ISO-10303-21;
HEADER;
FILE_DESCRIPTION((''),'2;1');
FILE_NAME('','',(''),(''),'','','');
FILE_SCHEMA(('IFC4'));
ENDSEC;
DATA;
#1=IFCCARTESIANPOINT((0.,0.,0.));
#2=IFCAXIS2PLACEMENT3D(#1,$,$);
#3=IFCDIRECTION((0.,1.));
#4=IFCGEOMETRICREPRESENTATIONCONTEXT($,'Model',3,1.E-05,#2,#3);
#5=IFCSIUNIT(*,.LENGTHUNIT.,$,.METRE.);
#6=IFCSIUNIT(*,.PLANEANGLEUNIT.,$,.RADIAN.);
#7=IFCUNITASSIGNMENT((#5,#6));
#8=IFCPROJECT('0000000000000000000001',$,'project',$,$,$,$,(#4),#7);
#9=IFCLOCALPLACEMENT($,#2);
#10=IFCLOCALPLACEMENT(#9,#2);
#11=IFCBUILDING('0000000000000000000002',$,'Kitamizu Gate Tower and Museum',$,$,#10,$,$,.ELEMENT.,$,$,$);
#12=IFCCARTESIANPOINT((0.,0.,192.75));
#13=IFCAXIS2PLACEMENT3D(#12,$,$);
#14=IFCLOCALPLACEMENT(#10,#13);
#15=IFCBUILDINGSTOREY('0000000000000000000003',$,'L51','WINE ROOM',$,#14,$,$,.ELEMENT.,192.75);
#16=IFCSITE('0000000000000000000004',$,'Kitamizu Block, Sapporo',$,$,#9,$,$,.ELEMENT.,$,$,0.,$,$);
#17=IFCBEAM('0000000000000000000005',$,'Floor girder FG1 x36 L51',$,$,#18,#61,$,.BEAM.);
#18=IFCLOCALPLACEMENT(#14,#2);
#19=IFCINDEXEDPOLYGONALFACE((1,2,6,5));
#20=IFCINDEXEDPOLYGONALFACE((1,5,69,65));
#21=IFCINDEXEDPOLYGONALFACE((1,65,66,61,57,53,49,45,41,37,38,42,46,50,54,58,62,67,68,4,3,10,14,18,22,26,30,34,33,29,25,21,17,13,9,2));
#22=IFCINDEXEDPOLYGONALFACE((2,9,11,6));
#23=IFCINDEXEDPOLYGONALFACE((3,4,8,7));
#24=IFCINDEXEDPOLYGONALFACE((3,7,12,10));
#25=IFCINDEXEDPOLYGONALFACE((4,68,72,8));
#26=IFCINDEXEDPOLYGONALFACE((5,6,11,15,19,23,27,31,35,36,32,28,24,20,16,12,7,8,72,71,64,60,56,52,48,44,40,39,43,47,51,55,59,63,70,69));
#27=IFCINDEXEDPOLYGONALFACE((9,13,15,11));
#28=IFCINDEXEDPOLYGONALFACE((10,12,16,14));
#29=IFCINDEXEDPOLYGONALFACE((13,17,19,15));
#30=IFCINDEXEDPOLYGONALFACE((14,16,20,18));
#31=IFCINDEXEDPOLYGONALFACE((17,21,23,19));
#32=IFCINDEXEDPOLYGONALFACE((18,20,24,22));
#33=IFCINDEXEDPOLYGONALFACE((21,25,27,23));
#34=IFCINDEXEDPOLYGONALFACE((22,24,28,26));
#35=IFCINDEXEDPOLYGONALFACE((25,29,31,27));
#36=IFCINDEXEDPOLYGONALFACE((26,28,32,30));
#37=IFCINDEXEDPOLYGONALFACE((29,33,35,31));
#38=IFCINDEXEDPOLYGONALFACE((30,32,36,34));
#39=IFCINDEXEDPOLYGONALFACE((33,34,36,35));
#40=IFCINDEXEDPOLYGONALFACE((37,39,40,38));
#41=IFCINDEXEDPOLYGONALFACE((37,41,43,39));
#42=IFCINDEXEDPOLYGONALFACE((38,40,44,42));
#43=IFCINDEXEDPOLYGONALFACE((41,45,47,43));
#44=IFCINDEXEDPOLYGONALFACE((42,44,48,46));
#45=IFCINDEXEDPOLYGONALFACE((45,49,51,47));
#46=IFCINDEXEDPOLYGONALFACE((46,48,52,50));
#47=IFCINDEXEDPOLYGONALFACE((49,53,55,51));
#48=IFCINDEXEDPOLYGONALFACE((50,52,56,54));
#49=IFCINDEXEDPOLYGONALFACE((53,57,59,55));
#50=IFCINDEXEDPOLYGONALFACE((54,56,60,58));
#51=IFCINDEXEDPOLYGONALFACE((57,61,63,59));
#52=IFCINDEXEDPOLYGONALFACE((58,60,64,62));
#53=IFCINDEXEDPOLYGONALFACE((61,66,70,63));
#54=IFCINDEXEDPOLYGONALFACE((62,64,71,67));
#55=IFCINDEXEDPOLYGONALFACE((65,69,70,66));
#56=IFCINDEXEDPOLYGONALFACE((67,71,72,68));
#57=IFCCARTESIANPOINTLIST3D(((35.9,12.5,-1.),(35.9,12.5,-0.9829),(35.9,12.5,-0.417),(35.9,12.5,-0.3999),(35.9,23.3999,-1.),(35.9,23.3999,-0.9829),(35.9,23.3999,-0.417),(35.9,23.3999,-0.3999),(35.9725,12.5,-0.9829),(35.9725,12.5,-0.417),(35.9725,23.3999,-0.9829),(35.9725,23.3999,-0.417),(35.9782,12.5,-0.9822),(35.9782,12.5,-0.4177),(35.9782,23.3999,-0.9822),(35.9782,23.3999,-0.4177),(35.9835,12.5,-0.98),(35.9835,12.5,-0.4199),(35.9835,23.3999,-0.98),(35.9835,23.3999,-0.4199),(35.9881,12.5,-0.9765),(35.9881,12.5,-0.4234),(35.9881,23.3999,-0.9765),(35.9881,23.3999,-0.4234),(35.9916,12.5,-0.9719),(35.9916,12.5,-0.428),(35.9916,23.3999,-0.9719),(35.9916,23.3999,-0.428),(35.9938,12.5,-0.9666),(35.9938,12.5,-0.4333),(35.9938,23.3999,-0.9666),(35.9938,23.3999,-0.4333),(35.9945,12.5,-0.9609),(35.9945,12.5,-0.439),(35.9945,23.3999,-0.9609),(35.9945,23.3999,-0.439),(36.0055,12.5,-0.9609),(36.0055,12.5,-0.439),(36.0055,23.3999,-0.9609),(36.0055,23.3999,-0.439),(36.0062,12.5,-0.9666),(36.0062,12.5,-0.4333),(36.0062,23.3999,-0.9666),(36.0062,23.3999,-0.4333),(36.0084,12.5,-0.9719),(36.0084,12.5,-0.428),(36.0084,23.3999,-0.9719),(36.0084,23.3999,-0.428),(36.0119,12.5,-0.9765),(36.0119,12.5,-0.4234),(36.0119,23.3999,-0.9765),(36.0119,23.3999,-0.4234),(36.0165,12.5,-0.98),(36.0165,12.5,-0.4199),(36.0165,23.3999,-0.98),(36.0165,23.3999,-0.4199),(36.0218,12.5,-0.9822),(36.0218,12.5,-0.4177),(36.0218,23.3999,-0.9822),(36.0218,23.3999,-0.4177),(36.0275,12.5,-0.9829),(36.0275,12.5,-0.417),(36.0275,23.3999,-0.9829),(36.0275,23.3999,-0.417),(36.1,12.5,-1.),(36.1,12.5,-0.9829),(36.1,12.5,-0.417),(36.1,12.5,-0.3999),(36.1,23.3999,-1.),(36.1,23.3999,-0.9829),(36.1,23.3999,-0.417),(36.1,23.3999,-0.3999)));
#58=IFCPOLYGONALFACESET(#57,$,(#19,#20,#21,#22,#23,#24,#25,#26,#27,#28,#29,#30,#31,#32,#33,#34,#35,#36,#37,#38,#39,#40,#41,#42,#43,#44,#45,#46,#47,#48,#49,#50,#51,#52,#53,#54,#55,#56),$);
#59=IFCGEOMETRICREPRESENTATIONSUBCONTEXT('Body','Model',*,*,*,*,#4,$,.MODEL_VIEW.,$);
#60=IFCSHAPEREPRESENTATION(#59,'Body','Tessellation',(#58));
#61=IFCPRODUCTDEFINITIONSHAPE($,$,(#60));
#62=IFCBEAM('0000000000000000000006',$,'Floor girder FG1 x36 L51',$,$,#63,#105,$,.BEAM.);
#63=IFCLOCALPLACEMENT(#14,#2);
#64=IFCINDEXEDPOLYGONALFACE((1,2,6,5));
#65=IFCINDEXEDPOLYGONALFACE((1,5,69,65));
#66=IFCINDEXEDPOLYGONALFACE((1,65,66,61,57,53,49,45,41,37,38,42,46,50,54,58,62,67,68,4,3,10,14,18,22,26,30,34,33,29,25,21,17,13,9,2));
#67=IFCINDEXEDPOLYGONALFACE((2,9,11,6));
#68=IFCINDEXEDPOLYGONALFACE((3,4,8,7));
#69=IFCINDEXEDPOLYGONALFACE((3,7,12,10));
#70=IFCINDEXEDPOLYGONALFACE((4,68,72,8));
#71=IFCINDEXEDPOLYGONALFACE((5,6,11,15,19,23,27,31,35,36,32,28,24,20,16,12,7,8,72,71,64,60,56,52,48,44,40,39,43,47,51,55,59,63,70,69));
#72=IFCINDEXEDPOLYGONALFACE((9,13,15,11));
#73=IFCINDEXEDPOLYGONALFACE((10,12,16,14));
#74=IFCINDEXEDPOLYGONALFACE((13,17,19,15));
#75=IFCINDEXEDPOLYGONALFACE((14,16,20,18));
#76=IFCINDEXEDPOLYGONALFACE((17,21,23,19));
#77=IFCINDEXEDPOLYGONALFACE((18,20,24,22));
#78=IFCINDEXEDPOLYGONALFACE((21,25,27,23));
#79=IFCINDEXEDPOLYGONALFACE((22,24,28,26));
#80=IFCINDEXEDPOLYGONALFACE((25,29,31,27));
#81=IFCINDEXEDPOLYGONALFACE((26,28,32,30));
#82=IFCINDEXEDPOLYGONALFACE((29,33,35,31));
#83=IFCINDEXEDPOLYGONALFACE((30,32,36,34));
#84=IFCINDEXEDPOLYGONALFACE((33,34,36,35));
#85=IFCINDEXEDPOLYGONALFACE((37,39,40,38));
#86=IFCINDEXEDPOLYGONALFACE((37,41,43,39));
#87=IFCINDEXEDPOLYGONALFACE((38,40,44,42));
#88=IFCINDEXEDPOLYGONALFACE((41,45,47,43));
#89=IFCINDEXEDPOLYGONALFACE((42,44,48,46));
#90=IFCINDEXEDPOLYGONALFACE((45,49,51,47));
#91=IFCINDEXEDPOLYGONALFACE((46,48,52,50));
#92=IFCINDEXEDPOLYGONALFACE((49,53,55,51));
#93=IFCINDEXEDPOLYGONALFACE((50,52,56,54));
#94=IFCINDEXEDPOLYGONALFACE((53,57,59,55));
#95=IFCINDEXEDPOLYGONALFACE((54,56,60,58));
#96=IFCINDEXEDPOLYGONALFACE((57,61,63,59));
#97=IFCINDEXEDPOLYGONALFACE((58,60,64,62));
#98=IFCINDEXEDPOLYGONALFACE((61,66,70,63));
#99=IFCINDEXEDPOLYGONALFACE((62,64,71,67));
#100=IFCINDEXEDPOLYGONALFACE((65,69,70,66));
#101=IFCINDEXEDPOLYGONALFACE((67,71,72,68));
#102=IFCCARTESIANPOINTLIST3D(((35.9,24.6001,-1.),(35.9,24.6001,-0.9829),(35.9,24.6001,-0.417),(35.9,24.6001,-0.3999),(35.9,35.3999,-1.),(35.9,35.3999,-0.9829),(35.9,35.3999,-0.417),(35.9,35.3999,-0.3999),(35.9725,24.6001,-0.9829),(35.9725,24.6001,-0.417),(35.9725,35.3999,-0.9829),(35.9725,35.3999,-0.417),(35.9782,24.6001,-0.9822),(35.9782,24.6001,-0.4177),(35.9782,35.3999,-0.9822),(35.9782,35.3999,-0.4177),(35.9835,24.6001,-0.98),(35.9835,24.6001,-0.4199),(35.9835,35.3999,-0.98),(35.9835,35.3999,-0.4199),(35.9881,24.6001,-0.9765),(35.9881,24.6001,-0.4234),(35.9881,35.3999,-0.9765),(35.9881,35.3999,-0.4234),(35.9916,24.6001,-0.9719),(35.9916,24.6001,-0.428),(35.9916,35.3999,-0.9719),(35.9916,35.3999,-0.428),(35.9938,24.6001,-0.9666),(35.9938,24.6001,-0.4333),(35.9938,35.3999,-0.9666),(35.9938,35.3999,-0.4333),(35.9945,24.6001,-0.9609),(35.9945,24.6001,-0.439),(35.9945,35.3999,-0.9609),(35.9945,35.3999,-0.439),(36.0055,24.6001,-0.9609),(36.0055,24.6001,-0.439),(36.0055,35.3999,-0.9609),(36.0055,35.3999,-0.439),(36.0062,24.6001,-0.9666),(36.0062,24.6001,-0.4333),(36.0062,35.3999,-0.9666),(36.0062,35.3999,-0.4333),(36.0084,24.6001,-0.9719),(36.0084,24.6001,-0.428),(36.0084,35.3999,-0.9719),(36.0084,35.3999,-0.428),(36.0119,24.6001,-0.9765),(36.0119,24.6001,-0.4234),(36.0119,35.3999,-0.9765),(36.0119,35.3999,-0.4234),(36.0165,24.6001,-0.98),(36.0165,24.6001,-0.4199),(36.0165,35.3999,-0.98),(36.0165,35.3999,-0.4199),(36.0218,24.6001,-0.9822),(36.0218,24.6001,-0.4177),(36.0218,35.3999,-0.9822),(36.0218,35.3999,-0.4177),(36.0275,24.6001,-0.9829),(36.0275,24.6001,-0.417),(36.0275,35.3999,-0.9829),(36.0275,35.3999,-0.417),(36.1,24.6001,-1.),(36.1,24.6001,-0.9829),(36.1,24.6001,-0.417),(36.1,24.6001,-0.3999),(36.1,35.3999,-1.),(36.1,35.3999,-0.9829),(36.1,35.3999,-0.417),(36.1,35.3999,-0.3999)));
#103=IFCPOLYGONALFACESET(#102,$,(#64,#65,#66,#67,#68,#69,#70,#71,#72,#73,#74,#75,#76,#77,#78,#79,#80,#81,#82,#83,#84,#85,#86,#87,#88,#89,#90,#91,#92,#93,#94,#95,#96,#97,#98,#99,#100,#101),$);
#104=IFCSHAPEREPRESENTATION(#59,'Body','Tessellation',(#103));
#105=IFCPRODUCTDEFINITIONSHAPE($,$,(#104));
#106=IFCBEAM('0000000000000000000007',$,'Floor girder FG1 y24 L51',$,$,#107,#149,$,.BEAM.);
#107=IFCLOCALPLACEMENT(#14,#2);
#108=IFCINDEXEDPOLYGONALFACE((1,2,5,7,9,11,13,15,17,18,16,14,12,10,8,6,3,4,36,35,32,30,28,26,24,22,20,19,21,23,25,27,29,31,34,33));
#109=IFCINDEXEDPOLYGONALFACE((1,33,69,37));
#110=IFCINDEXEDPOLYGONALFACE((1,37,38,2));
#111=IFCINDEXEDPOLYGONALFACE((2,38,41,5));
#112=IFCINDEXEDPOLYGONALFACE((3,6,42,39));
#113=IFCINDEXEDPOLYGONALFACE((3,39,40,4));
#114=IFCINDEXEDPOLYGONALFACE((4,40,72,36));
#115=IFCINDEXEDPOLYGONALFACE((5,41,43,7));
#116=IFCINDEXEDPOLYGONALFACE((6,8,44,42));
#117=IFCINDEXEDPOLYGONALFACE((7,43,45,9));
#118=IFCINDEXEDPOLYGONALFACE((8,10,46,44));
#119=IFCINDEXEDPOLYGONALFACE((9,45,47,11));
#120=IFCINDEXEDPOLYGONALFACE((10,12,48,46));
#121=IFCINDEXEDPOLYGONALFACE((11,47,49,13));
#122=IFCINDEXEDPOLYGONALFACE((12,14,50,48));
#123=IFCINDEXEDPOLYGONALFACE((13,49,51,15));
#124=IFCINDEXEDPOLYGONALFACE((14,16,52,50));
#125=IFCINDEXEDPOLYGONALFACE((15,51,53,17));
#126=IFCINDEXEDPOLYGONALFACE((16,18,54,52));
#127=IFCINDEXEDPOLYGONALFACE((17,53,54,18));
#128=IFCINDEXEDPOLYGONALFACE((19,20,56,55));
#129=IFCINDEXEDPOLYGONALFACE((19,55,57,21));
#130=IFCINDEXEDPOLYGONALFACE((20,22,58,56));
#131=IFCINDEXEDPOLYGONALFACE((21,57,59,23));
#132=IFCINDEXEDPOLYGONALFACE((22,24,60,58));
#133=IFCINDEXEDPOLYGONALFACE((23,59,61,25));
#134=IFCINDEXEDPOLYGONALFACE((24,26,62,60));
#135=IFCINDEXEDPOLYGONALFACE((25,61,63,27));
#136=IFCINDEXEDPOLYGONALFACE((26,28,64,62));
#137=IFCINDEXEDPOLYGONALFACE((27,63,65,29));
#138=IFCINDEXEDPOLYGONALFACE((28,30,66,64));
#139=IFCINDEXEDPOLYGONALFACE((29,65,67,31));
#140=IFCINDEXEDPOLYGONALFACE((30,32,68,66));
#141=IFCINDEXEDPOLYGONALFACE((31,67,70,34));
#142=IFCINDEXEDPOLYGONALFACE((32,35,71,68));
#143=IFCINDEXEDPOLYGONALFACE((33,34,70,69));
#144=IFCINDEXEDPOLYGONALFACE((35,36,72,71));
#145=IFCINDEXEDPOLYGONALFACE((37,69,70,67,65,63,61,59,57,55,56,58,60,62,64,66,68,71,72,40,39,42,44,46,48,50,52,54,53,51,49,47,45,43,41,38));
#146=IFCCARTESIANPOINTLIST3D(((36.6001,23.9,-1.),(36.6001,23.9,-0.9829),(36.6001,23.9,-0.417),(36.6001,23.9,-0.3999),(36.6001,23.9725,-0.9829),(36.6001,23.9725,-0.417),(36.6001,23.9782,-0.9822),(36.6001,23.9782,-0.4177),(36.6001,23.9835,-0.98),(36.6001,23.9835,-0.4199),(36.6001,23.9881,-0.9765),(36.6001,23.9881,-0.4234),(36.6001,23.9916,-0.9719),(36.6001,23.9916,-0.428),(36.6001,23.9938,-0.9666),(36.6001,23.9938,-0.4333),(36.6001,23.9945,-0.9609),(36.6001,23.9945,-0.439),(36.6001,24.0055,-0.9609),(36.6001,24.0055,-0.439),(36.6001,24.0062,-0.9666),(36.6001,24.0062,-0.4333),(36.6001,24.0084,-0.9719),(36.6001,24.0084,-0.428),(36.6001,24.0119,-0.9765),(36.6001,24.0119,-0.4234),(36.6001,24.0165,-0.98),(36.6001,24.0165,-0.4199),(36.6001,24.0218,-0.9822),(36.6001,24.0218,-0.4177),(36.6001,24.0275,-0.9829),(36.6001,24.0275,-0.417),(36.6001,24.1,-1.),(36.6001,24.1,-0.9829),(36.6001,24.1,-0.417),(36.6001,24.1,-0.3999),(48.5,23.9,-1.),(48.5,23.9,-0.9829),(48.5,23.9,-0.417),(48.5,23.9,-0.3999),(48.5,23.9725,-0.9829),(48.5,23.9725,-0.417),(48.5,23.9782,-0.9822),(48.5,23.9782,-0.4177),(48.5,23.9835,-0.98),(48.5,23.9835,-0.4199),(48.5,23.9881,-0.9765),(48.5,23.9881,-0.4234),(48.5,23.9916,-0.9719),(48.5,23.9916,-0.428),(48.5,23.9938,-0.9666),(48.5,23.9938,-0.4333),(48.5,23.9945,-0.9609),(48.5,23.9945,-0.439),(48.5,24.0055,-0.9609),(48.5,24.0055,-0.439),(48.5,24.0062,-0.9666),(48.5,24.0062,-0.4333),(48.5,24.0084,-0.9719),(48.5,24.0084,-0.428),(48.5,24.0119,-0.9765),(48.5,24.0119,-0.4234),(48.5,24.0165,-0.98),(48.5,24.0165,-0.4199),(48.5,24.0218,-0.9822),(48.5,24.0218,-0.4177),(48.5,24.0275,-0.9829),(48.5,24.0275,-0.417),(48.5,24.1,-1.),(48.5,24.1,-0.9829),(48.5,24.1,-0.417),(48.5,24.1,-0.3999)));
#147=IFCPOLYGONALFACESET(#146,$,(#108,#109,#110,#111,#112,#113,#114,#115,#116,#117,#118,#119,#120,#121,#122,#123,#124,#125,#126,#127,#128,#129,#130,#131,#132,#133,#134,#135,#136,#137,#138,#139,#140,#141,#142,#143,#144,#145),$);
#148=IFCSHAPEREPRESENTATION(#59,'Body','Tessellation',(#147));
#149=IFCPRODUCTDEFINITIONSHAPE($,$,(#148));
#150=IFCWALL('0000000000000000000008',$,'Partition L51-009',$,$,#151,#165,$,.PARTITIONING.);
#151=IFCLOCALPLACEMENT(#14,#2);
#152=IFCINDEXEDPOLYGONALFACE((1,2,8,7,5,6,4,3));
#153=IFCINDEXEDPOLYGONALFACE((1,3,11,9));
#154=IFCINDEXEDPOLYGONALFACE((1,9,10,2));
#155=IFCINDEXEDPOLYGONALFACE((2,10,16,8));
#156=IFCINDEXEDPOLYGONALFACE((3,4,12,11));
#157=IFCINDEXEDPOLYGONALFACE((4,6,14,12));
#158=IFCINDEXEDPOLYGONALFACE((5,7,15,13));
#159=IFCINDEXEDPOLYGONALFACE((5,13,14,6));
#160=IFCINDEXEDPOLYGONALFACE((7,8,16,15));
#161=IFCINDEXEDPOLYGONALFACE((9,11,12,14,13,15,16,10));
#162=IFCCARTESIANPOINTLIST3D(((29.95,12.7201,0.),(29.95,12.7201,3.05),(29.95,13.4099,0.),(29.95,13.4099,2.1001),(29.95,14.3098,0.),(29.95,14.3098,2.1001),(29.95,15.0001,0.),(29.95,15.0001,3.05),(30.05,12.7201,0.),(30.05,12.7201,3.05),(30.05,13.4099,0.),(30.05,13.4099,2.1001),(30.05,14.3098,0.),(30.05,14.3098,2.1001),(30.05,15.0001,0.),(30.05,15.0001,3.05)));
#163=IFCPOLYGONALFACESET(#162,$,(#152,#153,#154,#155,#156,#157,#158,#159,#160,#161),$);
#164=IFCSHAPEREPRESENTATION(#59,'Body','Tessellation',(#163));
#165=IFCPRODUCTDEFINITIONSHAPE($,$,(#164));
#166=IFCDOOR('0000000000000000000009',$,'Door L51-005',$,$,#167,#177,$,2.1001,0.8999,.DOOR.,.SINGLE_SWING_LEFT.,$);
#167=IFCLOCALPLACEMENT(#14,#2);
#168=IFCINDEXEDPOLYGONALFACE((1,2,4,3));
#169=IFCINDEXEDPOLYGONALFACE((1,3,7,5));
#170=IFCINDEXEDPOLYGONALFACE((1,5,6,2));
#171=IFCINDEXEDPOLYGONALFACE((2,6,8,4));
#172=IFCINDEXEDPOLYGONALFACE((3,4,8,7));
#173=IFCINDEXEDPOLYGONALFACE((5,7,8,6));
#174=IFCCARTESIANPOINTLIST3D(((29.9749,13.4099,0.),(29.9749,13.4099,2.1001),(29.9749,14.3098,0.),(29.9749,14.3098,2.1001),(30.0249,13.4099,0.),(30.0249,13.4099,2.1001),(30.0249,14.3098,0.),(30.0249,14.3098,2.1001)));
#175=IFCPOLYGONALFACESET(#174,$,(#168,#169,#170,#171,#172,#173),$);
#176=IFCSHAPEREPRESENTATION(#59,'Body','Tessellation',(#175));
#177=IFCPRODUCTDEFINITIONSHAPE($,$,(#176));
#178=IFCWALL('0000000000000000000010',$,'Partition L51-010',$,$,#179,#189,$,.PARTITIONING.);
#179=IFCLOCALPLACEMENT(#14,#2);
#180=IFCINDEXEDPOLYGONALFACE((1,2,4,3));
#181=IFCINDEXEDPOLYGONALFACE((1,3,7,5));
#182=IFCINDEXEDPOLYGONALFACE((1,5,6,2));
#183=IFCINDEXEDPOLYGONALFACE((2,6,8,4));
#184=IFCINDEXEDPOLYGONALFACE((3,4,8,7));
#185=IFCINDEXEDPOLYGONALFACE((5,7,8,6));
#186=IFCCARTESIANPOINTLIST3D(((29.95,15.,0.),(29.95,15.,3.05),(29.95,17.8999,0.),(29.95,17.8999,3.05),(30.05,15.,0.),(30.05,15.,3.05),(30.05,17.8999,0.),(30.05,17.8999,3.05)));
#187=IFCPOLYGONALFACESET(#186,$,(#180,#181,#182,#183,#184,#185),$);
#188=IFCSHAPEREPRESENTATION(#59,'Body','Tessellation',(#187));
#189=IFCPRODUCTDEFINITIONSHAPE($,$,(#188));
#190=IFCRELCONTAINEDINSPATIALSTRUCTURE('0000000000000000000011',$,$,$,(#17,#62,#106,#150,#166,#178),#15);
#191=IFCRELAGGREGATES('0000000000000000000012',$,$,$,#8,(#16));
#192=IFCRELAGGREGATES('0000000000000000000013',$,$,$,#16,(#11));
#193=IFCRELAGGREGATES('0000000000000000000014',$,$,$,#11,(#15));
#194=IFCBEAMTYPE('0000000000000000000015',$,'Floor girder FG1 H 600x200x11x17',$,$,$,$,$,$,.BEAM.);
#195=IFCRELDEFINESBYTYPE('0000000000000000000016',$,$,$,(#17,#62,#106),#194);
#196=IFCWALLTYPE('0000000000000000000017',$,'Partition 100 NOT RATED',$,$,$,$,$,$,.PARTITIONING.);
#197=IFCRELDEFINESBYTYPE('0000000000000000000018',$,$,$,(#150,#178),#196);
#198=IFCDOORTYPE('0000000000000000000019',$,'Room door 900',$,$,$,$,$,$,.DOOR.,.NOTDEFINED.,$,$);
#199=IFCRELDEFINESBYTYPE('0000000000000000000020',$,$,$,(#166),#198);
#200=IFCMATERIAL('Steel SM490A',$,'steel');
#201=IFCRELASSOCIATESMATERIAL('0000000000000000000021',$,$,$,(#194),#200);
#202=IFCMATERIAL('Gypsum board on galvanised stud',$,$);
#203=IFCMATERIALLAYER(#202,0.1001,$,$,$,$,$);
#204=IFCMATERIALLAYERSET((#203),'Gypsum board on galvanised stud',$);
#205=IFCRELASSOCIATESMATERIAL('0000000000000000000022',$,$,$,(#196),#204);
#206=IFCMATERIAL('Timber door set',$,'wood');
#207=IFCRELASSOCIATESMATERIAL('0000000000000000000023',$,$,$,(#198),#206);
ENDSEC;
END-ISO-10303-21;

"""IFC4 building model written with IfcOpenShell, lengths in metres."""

from ifc_helpers import new_model, si_unit, direction, frame, frame_2d, origin, origin_2d, place, context, subcontext, project, spatial, rectangle, i_section, extrude, material, layer, layer_set, material_profile, profile_set, type_object, element, fill, save


model = new_model("IFC4")

# Units and contexts
model_context = context("Model", 3, precision=1e-05, world=origin(), true_north=direction((0.0, 1.0)))
body_context = subcontext(model_context, "Body", "Model", "MODEL_VIEW")
ifc_project = project(units=[si_unit("LENGTHUNIT", "METRE"), si_unit("PLANEANGLEUNIT", "RADIAN")], contexts=[model_context])

# Site, building, storey
site_placement = place(None, origin())
site = spatial("IfcSite", under=ifc_project, at=site_placement, Name="Kitamizu Block, Sapporo", CompositionType="ELEMENT", RefElevation=0.0)
building_placement = place(site_placement, origin())
building = spatial("IfcBuilding", under=site, at=building_placement, Name="Kitamizu Gate Tower and Museum", CompositionType="ELEMENT")
storey_placement = place(building_placement, frame((0.0, 0.0, 192.75)))
storey = spatial("IfcBuildingStorey", under=building, at=storey_placement, Name="L51", Description="WINE ROOM", CompositionType="ELEMENT", Elevation=192.75)

# Beams
ifc_material_1 = material(Name="Steel SM490A", Category="steel")
ifc_material_profile_1 = material_profile(ifc_material_1, i_section(OverallWidth=0.2, OverallDepth=0.6001, WebThickness=0.011, FlangeThickness=0.0171, FilletRadius=0.022, at=origin_2d()), Name="H-600x200x11x17")
ifc_profile_set_1 = profile_set([ifc_material_profile_1], Name="Steel SM490A")
beam_type_1 = type_object("IfcBeamType", Name="Floor girder FG1 H 600x200x11x17", PredefinedType="BEAM", material=ifc_profile_set_1)
beam_1_placement = place(storey_placement, frame((36.0, 12.5, -0.7), z_axis=(0.0, 1.0, 0.0), x_axis=(-1.0, 0.0, 0.0)))
element("IfcBeam", 1, at=beam_1_placement, inside=storey, type_object=beam_type_1, Name="Floor girder FG1 x36 L51", PredefinedType="BEAM", context=body_context, shape_type="SweptSolid", body=[
    extrude(i_section(OverallWidth=0.2, OverallDepth=0.6001, WebThickness=0.011, FlangeThickness=0.0171, FilletRadius=0.022, at=origin_2d()), origin(), (0.0, 0.0, 1.0), 10.8999),
])
beam_2_placement = place(storey_placement, frame((36.0, 24.6001, -0.7), z_axis=(0.0, 1.0, 0.0), x_axis=(-1.0, 0.0, 0.0)))
element("IfcBeam", 2, at=beam_2_placement, inside=storey, type_object=beam_type_1, Name="Floor girder FG1 x36 L51", PredefinedType="BEAM", context=body_context, shape_type="SweptSolid", body=[
    extrude(i_section(OverallWidth=0.2, OverallDepth=0.6001, WebThickness=0.011, FlangeThickness=0.0171, FilletRadius=0.022, at=origin_2d()), origin(), (0.0, 0.0, 1.0), 10.7998),
])
beam_3_placement = place(storey_placement, frame((36.6001, 24.0, -0.7), z_axis=(1.0, 0.0, 0.0), x_axis=(0.0, 1.0, 0.0)))
element("IfcBeam", 3, at=beam_3_placement, inside=storey, type_object=beam_type_1, Name="Floor girder FG1 y24 L51", PredefinedType="BEAM", context=body_context, shape_type="SweptSolid", body=[
    extrude(i_section(OverallWidth=0.2, OverallDepth=0.6001, WebThickness=0.011, FlangeThickness=0.0171, FilletRadius=0.022, at=origin_2d()), origin(), (0.0, 0.0, 1.0), 11.8999),
])

# Wall, opening, door
ifc_material_2 = material(Name="Gypsum board on galvanised stud")
ifc_layer_1 = layer(ifc_material_2, 0.1001)
ifc_layer_set_1 = layer_set([ifc_layer_1], Name="Gypsum board on galvanised stud")
wall_type_1 = type_object("IfcWallType", Name="Partition 100 NOT RATED", PredefinedType="PARTITIONING", material=ifc_layer_set_1)
wall_1_placement = place(storey_placement, frame((30.0, 12.72, 0.0), z_axis=(0.0, 0.0, 1.0), x_axis=(0.0, 1.0, 0.0)))
wall_1 = element("IfcWall", 4, at=wall_1_placement, inside=storey, type_object=wall_type_1, Name="Partition L51-009", PredefinedType="PARTITIONING", context=body_context, shape_type="SweptSolid", body=[
    extrude(rectangle(XDim=2.28, YDim=0.1001, at=frame_2d((1.1401, 0.0))), origin(), (0.0, 0.0, 1.0), 3.05),
])
opening_1_placement = place(wall_1_placement, frame((0.6899, 0.0, 0.0)))
opening_1 = element("IfcOpeningElement", 5, at=opening_1_placement, cuts=wall_1, PredefinedType="OPENING", context=body_context, shape_type="SweptSolid", body=[
    extrude(rectangle(XDim=0.8999, YDim=2.1001, at=frame_2d((0.45, 1.05))), frame((0.0, 0.0601, 0.0), z_axis=(0.0, -1.0, 0.0), x_axis=(1.0, 0.0, 0.0)), (0.0, 0.0, 1.0), 0.1201),
])
ifc_material_3 = material(Name="Timber door set", Category="wood")
door_type_1 = type_object("IfcDoorType", Name="Room door 900", OperationType="NOTDEFINED", PredefinedType="DOOR", material=ifc_material_3)
door_1_placement = place(opening_1_placement, frame((0.8999, 0.0, 0.0), x_axis=(-1.0, 0.0, 0.0)))
door_1 = element("IfcDoor", 6, at=door_1_placement, inside=storey, type_object=door_type_1, Name="Door L51-005", OperationType="SINGLE_SWING_LEFT", OverallHeight=2.1001, OverallWidth=0.8999, PredefinedType="DOOR", context=body_context, shape_type="SweptSolid", body=[
    extrude(rectangle(XDim=0.8999, YDim=2.1001, at=frame_2d((0.45, 1.05))), frame((0.0, 0.0249, 0.0), z_axis=(0.0, -1.0, 0.0), x_axis=(1.0, 0.0, 0.0)), (0.0, 0.0, 1.0), 0.05),
])
fill(opening_1, door_1)

# Wall
wall_2_placement = place(storey_placement, frame((30.0, 15.0, 0.0), z_axis=(0.0, 0.0, 1.0), x_axis=(0.0, 1.0, 0.0)))
element("IfcWall", 7, at=wall_2_placement, inside=storey, type_object=wall_type_1, Name="Partition L51-010", PredefinedType="PARTITIONING", context=body_context, shape_type="SweptSolid", body=[
    extrude(rectangle(XDim=2.8999, YDim=0.1001, at=frame_2d((1.45, 0.0))), origin(), (0.0, 0.0, 1.0), 3.05),
])

save(model, "model.ifc")
